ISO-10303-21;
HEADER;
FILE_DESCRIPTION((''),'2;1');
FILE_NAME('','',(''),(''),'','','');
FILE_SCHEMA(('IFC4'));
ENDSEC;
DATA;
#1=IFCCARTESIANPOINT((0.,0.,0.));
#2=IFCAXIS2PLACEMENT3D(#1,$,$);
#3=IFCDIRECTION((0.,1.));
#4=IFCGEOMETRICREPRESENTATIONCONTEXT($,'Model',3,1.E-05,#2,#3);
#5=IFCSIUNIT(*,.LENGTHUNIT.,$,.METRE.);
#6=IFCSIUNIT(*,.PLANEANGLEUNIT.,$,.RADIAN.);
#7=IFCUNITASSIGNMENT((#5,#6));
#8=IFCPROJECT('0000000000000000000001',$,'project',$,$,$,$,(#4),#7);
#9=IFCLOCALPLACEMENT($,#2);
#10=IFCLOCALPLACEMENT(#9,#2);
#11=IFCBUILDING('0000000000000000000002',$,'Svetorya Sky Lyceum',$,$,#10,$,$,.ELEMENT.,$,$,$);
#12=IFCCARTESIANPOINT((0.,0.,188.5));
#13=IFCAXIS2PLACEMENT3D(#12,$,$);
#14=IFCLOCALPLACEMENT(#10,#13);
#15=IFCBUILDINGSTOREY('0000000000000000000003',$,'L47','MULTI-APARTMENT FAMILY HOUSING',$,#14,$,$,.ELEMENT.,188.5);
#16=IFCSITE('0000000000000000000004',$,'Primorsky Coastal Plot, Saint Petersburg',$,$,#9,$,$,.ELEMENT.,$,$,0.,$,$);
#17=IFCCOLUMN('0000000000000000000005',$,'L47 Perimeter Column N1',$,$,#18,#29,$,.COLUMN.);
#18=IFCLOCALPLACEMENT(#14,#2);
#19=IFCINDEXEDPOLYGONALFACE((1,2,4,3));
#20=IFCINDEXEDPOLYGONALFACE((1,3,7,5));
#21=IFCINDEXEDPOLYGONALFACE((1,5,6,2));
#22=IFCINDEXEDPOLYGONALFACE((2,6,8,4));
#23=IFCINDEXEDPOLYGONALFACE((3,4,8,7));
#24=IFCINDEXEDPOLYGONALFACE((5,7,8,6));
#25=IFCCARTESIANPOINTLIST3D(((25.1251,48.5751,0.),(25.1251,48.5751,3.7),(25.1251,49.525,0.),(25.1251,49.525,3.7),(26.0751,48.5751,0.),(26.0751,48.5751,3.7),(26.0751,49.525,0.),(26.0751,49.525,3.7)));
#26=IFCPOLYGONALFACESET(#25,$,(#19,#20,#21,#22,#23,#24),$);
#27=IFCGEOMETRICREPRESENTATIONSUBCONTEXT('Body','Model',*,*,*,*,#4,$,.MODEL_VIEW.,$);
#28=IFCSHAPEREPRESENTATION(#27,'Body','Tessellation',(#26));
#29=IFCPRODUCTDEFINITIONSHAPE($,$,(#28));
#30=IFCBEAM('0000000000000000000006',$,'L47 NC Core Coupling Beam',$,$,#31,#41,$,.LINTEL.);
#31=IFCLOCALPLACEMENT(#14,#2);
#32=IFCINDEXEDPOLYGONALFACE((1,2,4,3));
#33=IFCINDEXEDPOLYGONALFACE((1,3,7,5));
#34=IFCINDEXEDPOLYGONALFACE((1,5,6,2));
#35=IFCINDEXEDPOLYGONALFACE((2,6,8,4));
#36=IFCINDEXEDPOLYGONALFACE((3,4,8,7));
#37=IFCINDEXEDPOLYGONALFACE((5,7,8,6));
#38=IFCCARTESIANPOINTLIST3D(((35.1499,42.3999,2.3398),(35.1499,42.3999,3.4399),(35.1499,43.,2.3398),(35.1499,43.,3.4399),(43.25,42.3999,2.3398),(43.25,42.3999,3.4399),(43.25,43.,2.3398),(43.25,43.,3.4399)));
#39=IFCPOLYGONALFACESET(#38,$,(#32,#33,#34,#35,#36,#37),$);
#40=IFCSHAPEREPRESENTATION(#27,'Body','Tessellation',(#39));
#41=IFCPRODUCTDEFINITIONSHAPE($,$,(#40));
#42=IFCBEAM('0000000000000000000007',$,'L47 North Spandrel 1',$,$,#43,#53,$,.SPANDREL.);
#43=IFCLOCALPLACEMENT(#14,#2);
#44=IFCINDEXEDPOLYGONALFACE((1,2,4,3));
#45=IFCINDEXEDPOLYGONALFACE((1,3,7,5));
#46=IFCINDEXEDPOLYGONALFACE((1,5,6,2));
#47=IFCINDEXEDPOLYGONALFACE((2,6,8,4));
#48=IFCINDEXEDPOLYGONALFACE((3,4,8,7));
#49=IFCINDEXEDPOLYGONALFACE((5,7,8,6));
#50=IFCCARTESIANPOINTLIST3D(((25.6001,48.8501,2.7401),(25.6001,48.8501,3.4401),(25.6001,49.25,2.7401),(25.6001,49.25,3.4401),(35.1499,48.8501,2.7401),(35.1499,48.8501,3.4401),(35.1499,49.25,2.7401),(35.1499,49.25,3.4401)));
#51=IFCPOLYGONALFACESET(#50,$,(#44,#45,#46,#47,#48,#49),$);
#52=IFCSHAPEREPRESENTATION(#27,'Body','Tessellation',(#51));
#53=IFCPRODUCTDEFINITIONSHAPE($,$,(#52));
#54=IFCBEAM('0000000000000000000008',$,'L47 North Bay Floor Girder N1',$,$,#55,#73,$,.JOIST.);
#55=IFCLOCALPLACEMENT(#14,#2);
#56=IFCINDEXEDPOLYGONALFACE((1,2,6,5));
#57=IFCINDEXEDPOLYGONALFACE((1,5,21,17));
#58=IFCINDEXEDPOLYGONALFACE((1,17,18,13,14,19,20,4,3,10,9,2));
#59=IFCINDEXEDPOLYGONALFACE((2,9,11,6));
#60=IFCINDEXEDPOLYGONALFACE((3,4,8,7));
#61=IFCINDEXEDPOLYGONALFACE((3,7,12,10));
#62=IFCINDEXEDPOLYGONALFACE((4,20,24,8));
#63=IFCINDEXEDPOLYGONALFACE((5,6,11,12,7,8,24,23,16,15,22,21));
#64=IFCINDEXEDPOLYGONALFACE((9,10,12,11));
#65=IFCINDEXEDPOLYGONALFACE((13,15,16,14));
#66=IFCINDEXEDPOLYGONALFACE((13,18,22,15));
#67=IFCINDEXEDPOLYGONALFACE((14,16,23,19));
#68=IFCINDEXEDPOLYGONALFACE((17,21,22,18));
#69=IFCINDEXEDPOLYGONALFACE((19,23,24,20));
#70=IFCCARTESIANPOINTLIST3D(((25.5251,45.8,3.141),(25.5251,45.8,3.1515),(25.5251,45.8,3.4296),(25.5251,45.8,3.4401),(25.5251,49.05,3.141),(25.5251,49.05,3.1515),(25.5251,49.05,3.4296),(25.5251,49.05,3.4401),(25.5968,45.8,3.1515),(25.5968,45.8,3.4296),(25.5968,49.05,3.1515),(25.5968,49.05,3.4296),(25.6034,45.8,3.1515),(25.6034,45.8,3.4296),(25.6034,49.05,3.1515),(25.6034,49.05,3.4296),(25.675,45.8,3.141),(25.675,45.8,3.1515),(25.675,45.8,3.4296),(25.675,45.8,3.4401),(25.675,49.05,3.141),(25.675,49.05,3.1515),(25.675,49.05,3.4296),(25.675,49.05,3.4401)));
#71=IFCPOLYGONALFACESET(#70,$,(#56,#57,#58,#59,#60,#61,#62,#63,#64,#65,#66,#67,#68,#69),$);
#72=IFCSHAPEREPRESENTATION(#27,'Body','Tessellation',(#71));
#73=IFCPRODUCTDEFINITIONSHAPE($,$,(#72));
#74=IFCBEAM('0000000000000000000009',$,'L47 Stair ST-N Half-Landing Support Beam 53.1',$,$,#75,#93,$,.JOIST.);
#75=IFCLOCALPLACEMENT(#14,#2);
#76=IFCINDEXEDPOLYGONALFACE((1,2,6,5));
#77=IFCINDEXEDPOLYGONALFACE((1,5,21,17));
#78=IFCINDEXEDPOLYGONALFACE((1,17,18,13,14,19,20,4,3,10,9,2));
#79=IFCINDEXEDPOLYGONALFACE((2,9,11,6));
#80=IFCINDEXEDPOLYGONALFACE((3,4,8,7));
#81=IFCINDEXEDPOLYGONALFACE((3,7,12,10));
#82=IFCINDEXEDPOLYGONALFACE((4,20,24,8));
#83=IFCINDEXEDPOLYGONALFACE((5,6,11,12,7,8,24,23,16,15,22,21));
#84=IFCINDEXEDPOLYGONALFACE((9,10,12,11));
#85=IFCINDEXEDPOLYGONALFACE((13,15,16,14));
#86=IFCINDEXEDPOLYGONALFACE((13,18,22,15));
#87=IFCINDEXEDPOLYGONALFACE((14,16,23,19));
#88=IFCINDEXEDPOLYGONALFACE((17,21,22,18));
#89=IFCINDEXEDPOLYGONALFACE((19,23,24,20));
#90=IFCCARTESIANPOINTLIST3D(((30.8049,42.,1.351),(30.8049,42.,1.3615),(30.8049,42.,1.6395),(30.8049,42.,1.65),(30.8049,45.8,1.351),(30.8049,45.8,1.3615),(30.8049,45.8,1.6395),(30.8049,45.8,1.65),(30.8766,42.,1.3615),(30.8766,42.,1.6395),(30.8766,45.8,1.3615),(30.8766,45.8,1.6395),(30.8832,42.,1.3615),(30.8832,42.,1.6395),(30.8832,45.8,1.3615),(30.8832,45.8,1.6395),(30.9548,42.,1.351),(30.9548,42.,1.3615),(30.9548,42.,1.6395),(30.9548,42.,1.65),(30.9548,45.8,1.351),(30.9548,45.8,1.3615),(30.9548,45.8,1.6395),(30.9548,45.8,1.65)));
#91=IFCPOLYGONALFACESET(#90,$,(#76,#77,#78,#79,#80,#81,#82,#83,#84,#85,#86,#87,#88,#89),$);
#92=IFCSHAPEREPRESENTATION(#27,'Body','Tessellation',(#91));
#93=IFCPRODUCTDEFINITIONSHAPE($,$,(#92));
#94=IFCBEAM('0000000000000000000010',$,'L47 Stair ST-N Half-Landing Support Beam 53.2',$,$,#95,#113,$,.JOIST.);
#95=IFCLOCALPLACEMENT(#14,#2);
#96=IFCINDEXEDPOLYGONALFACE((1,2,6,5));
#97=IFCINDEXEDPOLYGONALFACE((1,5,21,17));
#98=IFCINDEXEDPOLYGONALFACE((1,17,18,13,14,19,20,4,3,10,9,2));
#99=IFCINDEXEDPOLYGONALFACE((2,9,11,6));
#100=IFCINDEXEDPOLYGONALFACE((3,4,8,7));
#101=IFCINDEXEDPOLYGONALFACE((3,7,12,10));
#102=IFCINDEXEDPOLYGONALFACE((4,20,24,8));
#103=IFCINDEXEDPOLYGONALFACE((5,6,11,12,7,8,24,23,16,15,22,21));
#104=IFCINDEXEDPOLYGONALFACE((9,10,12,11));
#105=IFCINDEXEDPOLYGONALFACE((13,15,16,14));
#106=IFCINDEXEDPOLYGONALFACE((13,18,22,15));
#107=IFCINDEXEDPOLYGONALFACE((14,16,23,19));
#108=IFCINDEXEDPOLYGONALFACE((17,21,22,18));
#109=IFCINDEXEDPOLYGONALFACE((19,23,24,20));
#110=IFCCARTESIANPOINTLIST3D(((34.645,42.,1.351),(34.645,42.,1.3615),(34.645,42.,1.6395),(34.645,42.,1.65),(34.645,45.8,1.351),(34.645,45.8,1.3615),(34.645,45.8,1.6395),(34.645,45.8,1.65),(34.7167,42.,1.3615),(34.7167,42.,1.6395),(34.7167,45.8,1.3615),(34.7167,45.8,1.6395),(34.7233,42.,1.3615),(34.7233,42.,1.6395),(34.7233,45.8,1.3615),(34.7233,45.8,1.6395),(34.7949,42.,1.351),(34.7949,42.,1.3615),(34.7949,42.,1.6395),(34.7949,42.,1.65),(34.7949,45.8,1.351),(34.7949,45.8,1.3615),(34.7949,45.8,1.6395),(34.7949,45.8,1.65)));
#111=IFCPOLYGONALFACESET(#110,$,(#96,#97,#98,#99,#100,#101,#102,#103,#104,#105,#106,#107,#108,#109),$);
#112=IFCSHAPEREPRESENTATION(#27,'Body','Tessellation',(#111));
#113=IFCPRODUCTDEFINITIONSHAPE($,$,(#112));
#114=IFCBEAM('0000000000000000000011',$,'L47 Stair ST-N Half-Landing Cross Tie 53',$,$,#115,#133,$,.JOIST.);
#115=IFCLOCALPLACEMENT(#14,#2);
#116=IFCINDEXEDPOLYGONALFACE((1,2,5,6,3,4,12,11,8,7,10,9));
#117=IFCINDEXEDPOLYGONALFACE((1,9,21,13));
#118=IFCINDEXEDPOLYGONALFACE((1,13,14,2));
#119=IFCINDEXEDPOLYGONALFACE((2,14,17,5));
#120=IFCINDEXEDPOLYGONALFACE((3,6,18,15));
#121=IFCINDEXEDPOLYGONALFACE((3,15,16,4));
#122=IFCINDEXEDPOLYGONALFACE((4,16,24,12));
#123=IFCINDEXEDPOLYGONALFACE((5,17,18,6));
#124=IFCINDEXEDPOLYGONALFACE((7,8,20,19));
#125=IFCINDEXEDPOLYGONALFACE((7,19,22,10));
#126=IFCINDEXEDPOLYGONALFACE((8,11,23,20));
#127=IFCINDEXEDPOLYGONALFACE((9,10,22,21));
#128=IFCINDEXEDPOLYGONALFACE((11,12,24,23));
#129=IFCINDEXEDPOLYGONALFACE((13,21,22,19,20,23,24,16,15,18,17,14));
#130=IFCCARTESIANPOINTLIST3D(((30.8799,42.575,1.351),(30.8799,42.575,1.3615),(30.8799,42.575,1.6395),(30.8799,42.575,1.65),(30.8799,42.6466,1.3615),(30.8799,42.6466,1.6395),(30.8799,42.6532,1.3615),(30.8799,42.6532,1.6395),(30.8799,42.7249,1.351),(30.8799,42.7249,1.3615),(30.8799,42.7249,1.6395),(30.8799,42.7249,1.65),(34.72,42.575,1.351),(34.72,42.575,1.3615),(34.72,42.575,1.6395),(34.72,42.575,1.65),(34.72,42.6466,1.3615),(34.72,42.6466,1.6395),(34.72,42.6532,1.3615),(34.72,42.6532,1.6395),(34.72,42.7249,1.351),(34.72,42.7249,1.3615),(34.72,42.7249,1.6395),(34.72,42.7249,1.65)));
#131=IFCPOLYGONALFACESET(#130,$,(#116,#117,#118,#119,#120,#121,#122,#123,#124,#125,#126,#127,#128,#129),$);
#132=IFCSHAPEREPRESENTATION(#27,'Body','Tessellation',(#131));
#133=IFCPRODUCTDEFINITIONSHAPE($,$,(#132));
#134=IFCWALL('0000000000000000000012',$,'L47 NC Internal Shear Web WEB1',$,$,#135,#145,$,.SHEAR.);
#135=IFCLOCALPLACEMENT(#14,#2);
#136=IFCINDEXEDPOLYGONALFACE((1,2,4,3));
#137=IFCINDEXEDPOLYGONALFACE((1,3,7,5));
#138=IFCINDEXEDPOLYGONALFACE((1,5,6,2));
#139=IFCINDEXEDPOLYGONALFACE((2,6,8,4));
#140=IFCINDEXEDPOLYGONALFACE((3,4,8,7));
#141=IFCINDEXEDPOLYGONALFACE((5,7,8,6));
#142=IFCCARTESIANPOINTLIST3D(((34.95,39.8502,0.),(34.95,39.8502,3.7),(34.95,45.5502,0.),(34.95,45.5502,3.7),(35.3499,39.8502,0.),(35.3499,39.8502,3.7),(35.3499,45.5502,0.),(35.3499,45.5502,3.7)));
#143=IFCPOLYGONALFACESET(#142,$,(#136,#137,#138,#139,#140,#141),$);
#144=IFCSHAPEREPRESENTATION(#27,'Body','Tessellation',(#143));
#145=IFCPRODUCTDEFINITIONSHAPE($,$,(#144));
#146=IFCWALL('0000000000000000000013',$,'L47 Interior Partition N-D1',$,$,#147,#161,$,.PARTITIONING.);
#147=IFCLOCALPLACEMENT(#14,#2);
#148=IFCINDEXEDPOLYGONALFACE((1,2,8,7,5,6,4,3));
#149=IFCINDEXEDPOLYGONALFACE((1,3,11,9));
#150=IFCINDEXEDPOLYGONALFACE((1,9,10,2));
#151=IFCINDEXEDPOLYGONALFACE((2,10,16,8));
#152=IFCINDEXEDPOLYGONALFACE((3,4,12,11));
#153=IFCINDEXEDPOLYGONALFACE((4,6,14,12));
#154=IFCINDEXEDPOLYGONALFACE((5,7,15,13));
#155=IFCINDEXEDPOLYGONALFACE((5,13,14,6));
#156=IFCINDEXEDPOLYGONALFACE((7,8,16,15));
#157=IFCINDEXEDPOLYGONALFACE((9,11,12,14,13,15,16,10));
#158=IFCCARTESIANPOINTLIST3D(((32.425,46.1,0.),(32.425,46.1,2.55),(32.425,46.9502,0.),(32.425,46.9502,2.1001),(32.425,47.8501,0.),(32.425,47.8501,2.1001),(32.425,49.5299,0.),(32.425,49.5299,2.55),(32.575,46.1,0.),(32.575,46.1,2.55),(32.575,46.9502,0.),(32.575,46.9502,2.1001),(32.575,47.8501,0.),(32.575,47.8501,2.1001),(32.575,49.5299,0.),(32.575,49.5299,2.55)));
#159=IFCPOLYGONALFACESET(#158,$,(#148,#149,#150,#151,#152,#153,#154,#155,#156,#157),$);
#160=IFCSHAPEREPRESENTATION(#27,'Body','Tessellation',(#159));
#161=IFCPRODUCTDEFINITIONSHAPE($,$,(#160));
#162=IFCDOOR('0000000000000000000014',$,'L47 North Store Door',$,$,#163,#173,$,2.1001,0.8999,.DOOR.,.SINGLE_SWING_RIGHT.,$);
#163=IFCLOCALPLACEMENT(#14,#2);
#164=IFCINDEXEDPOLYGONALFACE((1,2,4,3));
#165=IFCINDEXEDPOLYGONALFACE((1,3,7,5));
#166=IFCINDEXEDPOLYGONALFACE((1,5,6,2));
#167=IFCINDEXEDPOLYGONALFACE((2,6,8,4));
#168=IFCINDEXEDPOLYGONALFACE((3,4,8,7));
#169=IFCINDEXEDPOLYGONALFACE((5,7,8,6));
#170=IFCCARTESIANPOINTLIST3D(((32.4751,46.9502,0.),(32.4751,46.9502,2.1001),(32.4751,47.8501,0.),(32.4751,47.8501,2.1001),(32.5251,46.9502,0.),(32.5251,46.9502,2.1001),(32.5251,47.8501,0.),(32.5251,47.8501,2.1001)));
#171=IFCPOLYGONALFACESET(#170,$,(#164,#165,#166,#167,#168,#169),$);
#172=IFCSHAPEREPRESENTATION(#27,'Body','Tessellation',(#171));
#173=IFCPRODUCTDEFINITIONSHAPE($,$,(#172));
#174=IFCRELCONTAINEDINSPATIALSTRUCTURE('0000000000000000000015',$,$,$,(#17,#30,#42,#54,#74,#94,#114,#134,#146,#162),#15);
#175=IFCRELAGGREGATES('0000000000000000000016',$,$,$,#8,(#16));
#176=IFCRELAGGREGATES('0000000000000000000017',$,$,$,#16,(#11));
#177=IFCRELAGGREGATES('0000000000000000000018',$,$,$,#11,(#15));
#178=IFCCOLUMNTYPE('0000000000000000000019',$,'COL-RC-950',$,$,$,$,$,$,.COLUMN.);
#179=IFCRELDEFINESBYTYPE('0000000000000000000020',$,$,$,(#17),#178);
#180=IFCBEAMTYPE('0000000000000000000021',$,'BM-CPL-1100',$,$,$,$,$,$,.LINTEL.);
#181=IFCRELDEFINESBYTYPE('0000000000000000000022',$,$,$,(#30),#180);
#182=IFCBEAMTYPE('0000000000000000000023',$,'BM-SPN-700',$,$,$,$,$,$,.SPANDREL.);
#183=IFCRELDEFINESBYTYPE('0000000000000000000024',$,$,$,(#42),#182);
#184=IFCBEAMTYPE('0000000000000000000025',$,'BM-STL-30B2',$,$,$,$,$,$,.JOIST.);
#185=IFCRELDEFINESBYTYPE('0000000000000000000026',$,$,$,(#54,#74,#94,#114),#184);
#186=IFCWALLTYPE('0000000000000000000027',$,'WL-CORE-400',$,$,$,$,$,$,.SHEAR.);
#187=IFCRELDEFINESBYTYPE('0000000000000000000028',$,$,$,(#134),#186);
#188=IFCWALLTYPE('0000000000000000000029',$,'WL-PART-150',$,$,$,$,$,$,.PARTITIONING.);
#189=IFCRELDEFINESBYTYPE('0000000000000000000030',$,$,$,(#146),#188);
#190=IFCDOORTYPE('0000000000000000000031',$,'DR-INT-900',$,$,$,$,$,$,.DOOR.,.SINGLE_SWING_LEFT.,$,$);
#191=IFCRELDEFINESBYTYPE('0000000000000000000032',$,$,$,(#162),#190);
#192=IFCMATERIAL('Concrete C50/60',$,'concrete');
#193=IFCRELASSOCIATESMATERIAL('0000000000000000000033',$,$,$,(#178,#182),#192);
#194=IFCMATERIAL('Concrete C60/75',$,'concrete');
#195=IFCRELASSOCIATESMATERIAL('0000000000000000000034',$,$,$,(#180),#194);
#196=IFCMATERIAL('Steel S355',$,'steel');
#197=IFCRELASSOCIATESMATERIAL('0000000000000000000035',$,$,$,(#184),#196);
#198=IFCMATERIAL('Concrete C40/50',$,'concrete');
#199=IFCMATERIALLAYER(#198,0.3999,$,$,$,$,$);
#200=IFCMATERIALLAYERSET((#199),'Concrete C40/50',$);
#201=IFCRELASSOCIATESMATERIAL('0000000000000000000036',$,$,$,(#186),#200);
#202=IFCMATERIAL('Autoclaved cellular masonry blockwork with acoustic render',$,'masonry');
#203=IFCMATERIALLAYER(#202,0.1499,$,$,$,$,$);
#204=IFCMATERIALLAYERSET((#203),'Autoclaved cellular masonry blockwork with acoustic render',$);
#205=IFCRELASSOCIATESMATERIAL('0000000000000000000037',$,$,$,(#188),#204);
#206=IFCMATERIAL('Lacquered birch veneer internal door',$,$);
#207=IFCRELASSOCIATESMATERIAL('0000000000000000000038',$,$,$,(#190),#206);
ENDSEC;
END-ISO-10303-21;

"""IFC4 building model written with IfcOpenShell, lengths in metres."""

from ifc_helpers import new_model, si_unit, direction, frame, frame_2d, origin, origin_2d, place, context, subcontext, project, spatial, rectangle, i_section, extrude, material, layer, layer_set, material_profile, profile_set, type_object, element, fill, save


model = new_model("IFC4")

# Units and contexts
model_context = context("Model", 3, precision=1e-05, world=origin(), true_north=direction((0.0, 1.0)))
body_context = subcontext(model_context, "Body", "Model", "MODEL_VIEW")
ifc_project = project(units=[si_unit("LENGTHUNIT", "METRE"), si_unit("PLANEANGLEUNIT", "RADIAN")], contexts=[model_context])

# Site, building, storey
site_placement = place(None, origin())
site = spatial("IfcSite", under=ifc_project, at=site_placement, Name="Primorsky Coastal Plot, Saint Petersburg", CompositionType="ELEMENT", RefElevation=0.0)
building_placement = place(site_placement, origin())
building = spatial("IfcBuilding", under=site, at=building_placement, Name="Svetorya Sky Lyceum", CompositionType="ELEMENT")
storey_placement = place(building_placement, frame((0.0, 0.0, 188.5)))
storey = spatial("IfcBuildingStorey", under=building, at=storey_placement, Name="L47", Description="MULTI-APARTMENT FAMILY HOUSING", CompositionType="ELEMENT", Elevation=188.5)

# Column
ifc_material_1 = material(Name="Concrete C50/60", Category="concrete")
ifc_material_profile_1 = material_profile(ifc_material_1, rectangle(XDim=0.95, YDim=0.95, at=origin_2d()), Name="RC COL 950x950")
ifc_profile_set_1 = profile_set([ifc_material_profile_1], Name="Concrete C50/60")
column_type = type_object("IfcColumnType", Name="COL-RC-950", PredefinedType="COLUMN", material=ifc_profile_set_1)
column_placement = place(storey_placement, frame((25.6001, 49.05, 0.0), z_axis=(0.0, 0.0, 1.0), x_axis=(1.0, 0.0, 0.0)))
element("IfcColumn", 1, at=column_placement, inside=storey, type_object=column_type, Name="L47 Perimeter Column N1", PredefinedType="COLUMN", context=body_context, shape_type="SweptSolid", body=[
    extrude(rectangle(XDim=0.95, YDim=0.95, at=origin_2d()), origin(), (0.0, 0.0, 1.0), 3.7),
])

# Beams
ifc_material_2 = material(Name="Concrete C60/75", Category="concrete")
ifc_material_profile_2 = material_profile(ifc_material_2, rectangle(XDim=0.6001, YDim=1.1001, at=origin_2d()), Name="RC COUPLING 600x1100")
ifc_profile_set_2 = profile_set([ifc_material_profile_2], Name="Concrete C60/75")
beam_type_1 = type_object("IfcBeamType", Name="BM-CPL-1100", PredefinedType="LINTEL", material=ifc_profile_set_2)
beam_1_placement = place(storey_placement, frame((35.1499, 42.7, 2.8899), z_axis=(1.0, 0.0, 0.0), x_axis=(0.0, 1.0, 0.0)))
element("IfcBeam", 2, at=beam_1_placement, inside=storey, type_object=beam_type_1, Name="L47 NC Core Coupling Beam", PredefinedType="LINTEL", context=body_context, shape_type="SweptSolid", body=[
    extrude(rectangle(XDim=0.6001, YDim=1.1001, at=origin_2d()), origin(), (0.0, 0.0, 1.0), 8.1001),
])
ifc_material_profile_3 = material_profile(ifc_material_1, rectangle(XDim=0.3999, YDim=0.7, at=origin_2d()), Name="RC SPANDREL 400x700")
ifc_profile_set_3 = profile_set([ifc_material_profile_3], Name="Concrete C50/60")
beam_type_2 = type_object("IfcBeamType", Name="BM-SPN-700", PredefinedType="SPANDREL", material=ifc_profile_set_3)
beam_2_placement = place(storey_placement, frame((25.6001, 49.05, 3.0901), z_axis=(1.0, 0.0, 0.0), x_axis=(0.0, 1.0, 0.0)))
element("IfcBeam", 3, at=beam_2_placement, inside=storey, type_object=beam_type_2, Name="L47 North Spandrel 1", PredefinedType="SPANDREL", context=body_context, shape_type="SweptSolid", body=[
    extrude(rectangle(XDim=0.3999, YDim=0.7, at=origin_2d()), origin(), (0.0, 0.0, 1.0), 9.5498),
])
ifc_material_3 = material(Name="Steel S355", Category="steel")
ifc_material_profile_4 = material_profile(ifc_material_3, i_section(OverallWidth=0.1499, OverallDepth=0.2991, WebThickness=0.0066, FlangeThickness=0.0105, at=origin_2d()), Name="GOST 30B2")
ifc_profile_set_4 = profile_set([ifc_material_profile_4], Name="Steel S355")
beam_type_3 = type_object("IfcBeamType", Name="BM-STL-30B2", PredefinedType="JOIST", material=ifc_profile_set_4)
beam_3_placement = place(storey_placement, frame((25.6001, 45.8, 3.2905), z_axis=(0.0, 1.0, 0.0), x_axis=(-1.0, 0.0, 0.0)))
element("IfcBeam", 4, at=beam_3_placement, inside=storey, type_object=beam_type_3, Name="L47 North Bay Floor Girder N1", PredefinedType="JOIST", context=body_context, shape_type="SweptSolid", body=[
    extrude(i_section(OverallWidth=0.1499, OverallDepth=0.2991, WebThickness=0.0066, FlangeThickness=0.0105, at=origin_2d()), origin(), (0.0, 0.0, 1.0), 3.25),
])
for number, where, z_axis, x_axis, name in (
    (5, (30.8799, 42.0, 1.5005), (0.0, 1.0, 0.0), (-1.0, 0.0, 0.0), "L47 Stair ST-N Half-Landing Support Beam 53.1"),
    (6, (34.72, 42.0, 1.5005), (0.0, 1.0, 0.0), (-1.0, 0.0, 0.0), "L47 Stair ST-N Half-Landing Support Beam 53.2"),
):
    element("IfcBeam", number, at=place(storey_placement, frame(where, z_axis=z_axis, x_axis=x_axis)), inside=storey, type_object=beam_type_3, Name=name, PredefinedType="JOIST", context=body_context, shape_type="SweptSolid", body=[
        extrude(i_section(OverallWidth=0.1499, OverallDepth=0.2991, WebThickness=0.0066, FlangeThickness=0.0105, at=origin_2d()), origin(), (0.0, 0.0, 1.0), 3.8),
    ])
beam_4_placement = place(storey_placement, frame((30.8799, 42.6499, 1.5005), z_axis=(1.0, 0.0, 0.0), x_axis=(0.0, 1.0, 0.0)))
element("IfcBeam", 7, at=beam_4_placement, inside=storey, type_object=beam_type_3, Name="L47 Stair ST-N Half-Landing Cross Tie 53", PredefinedType="JOIST", context=body_context, shape_type="SweptSolid", body=[
    extrude(i_section(OverallWidth=0.1499, OverallDepth=0.2991, WebThickness=0.0066, FlangeThickness=0.0105, at=origin_2d()), origin(), (0.0, 0.0, 1.0), 3.8401),
])

# Wall
ifc_material_4 = material(Name="Concrete C40/50", Category="concrete")
ifc_layer_1 = layer(ifc_material_4, 0.3999)
ifc_layer_set_1 = layer_set([ifc_layer_1], Name="Concrete C40/50")
wall_type_1 = type_object("IfcWallType", Name="WL-CORE-400", PredefinedType="SHEAR", material=ifc_layer_set_1)
wall_1_placement = place(storey_placement, frame((35.1499, 39.8501, 0.0), z_axis=(0.0, 0.0, 1.0), x_axis=(0.0, 1.0, 0.0)))
element("IfcWall", 8, at=wall_1_placement, inside=storey, type_object=wall_type_1, Name="L47 NC Internal Shear Web WEB1", PredefinedType="SHEAR", context=body_context, shape_type="SweptSolid", body=[
    extrude(rectangle(XDim=5.7, YDim=0.3999, at=frame_2d((2.8501, 0.0))), origin(), (0.0, 0.0, 1.0), 3.7),
])

# Wall, opening, door
ifc_material_5 = material(Name="Autoclaved cellular masonry blockwork with acoustic render", Category="masonry")
ifc_layer_2 = layer(ifc_material_5, 0.1499)
ifc_layer_set_2 = layer_set([ifc_layer_2], Name="Autoclaved cellular masonry blockwork with acoustic render")
wall_type_2 = type_object("IfcWallType", Name="WL-PART-150", PredefinedType="PARTITIONING", material=ifc_layer_set_2)
wall_2_placement = place(storey_placement, frame((32.5, 46.1001, 0.0), z_axis=(0.0, 0.0, 1.0), x_axis=(0.0, 1.0, 0.0)))
wall_2 = element("IfcWall", 9, at=wall_2_placement, inside=storey, type_object=wall_type_2, Name="L47 Interior Partition N-D1", PredefinedType="PARTITIONING", context=body_context, shape_type="SweptSolid", body=[
    extrude(rectangle(XDim=3.4299, YDim=0.1499, at=frame_2d((1.7148, 0.0))), origin(), (0.0, 0.0, 1.0), 2.55),
])
opening_placement = place(wall_2_placement, frame((0.8501, 0.0, 0.0)))
opening = element("IfcOpeningElement", 10, at=opening_placement, cuts=wall_2, PredefinedType="OPENING", context=body_context, shape_type="SweptSolid", body=[
    extrude(rectangle(XDim=0.8999, YDim=2.1001, at=frame_2d((0.45, 1.05))), frame((0.0, 0.085, 0.0), z_axis=(0.0, -1.0, 0.0), x_axis=(1.0, 0.0, 0.0)), (0.0, 0.0, 1.0), 0.1699),
])
ifc_material_6 = material(Name="Lacquered birch veneer internal door")
door_type = type_object("IfcDoorType", Name="DR-INT-900", OperationType="SINGLE_SWING_LEFT", PredefinedType="DOOR", material=ifc_material_6)
door_placement = place(opening_placement, origin())
door = element("IfcDoor", 11, at=door_placement, inside=storey, type_object=door_type, Name="L47 North Store Door", OperationType="SINGLE_SWING_RIGHT", OverallHeight=2.1001, OverallWidth=0.8999, PredefinedType="DOOR", context=body_context, shape_type="SweptSolid", body=[
    extrude(rectangle(XDim=0.8999, YDim=2.1001, at=frame_2d((0.45, 1.05))), frame((0.0, 0.0249, 0.0), z_axis=(0.0, -1.0, 0.0), x_axis=(1.0, 0.0, 0.0)), (0.0, 0.0, 1.0), 0.05),
])
fill(opening, door)

save(model, "model.ifc")
